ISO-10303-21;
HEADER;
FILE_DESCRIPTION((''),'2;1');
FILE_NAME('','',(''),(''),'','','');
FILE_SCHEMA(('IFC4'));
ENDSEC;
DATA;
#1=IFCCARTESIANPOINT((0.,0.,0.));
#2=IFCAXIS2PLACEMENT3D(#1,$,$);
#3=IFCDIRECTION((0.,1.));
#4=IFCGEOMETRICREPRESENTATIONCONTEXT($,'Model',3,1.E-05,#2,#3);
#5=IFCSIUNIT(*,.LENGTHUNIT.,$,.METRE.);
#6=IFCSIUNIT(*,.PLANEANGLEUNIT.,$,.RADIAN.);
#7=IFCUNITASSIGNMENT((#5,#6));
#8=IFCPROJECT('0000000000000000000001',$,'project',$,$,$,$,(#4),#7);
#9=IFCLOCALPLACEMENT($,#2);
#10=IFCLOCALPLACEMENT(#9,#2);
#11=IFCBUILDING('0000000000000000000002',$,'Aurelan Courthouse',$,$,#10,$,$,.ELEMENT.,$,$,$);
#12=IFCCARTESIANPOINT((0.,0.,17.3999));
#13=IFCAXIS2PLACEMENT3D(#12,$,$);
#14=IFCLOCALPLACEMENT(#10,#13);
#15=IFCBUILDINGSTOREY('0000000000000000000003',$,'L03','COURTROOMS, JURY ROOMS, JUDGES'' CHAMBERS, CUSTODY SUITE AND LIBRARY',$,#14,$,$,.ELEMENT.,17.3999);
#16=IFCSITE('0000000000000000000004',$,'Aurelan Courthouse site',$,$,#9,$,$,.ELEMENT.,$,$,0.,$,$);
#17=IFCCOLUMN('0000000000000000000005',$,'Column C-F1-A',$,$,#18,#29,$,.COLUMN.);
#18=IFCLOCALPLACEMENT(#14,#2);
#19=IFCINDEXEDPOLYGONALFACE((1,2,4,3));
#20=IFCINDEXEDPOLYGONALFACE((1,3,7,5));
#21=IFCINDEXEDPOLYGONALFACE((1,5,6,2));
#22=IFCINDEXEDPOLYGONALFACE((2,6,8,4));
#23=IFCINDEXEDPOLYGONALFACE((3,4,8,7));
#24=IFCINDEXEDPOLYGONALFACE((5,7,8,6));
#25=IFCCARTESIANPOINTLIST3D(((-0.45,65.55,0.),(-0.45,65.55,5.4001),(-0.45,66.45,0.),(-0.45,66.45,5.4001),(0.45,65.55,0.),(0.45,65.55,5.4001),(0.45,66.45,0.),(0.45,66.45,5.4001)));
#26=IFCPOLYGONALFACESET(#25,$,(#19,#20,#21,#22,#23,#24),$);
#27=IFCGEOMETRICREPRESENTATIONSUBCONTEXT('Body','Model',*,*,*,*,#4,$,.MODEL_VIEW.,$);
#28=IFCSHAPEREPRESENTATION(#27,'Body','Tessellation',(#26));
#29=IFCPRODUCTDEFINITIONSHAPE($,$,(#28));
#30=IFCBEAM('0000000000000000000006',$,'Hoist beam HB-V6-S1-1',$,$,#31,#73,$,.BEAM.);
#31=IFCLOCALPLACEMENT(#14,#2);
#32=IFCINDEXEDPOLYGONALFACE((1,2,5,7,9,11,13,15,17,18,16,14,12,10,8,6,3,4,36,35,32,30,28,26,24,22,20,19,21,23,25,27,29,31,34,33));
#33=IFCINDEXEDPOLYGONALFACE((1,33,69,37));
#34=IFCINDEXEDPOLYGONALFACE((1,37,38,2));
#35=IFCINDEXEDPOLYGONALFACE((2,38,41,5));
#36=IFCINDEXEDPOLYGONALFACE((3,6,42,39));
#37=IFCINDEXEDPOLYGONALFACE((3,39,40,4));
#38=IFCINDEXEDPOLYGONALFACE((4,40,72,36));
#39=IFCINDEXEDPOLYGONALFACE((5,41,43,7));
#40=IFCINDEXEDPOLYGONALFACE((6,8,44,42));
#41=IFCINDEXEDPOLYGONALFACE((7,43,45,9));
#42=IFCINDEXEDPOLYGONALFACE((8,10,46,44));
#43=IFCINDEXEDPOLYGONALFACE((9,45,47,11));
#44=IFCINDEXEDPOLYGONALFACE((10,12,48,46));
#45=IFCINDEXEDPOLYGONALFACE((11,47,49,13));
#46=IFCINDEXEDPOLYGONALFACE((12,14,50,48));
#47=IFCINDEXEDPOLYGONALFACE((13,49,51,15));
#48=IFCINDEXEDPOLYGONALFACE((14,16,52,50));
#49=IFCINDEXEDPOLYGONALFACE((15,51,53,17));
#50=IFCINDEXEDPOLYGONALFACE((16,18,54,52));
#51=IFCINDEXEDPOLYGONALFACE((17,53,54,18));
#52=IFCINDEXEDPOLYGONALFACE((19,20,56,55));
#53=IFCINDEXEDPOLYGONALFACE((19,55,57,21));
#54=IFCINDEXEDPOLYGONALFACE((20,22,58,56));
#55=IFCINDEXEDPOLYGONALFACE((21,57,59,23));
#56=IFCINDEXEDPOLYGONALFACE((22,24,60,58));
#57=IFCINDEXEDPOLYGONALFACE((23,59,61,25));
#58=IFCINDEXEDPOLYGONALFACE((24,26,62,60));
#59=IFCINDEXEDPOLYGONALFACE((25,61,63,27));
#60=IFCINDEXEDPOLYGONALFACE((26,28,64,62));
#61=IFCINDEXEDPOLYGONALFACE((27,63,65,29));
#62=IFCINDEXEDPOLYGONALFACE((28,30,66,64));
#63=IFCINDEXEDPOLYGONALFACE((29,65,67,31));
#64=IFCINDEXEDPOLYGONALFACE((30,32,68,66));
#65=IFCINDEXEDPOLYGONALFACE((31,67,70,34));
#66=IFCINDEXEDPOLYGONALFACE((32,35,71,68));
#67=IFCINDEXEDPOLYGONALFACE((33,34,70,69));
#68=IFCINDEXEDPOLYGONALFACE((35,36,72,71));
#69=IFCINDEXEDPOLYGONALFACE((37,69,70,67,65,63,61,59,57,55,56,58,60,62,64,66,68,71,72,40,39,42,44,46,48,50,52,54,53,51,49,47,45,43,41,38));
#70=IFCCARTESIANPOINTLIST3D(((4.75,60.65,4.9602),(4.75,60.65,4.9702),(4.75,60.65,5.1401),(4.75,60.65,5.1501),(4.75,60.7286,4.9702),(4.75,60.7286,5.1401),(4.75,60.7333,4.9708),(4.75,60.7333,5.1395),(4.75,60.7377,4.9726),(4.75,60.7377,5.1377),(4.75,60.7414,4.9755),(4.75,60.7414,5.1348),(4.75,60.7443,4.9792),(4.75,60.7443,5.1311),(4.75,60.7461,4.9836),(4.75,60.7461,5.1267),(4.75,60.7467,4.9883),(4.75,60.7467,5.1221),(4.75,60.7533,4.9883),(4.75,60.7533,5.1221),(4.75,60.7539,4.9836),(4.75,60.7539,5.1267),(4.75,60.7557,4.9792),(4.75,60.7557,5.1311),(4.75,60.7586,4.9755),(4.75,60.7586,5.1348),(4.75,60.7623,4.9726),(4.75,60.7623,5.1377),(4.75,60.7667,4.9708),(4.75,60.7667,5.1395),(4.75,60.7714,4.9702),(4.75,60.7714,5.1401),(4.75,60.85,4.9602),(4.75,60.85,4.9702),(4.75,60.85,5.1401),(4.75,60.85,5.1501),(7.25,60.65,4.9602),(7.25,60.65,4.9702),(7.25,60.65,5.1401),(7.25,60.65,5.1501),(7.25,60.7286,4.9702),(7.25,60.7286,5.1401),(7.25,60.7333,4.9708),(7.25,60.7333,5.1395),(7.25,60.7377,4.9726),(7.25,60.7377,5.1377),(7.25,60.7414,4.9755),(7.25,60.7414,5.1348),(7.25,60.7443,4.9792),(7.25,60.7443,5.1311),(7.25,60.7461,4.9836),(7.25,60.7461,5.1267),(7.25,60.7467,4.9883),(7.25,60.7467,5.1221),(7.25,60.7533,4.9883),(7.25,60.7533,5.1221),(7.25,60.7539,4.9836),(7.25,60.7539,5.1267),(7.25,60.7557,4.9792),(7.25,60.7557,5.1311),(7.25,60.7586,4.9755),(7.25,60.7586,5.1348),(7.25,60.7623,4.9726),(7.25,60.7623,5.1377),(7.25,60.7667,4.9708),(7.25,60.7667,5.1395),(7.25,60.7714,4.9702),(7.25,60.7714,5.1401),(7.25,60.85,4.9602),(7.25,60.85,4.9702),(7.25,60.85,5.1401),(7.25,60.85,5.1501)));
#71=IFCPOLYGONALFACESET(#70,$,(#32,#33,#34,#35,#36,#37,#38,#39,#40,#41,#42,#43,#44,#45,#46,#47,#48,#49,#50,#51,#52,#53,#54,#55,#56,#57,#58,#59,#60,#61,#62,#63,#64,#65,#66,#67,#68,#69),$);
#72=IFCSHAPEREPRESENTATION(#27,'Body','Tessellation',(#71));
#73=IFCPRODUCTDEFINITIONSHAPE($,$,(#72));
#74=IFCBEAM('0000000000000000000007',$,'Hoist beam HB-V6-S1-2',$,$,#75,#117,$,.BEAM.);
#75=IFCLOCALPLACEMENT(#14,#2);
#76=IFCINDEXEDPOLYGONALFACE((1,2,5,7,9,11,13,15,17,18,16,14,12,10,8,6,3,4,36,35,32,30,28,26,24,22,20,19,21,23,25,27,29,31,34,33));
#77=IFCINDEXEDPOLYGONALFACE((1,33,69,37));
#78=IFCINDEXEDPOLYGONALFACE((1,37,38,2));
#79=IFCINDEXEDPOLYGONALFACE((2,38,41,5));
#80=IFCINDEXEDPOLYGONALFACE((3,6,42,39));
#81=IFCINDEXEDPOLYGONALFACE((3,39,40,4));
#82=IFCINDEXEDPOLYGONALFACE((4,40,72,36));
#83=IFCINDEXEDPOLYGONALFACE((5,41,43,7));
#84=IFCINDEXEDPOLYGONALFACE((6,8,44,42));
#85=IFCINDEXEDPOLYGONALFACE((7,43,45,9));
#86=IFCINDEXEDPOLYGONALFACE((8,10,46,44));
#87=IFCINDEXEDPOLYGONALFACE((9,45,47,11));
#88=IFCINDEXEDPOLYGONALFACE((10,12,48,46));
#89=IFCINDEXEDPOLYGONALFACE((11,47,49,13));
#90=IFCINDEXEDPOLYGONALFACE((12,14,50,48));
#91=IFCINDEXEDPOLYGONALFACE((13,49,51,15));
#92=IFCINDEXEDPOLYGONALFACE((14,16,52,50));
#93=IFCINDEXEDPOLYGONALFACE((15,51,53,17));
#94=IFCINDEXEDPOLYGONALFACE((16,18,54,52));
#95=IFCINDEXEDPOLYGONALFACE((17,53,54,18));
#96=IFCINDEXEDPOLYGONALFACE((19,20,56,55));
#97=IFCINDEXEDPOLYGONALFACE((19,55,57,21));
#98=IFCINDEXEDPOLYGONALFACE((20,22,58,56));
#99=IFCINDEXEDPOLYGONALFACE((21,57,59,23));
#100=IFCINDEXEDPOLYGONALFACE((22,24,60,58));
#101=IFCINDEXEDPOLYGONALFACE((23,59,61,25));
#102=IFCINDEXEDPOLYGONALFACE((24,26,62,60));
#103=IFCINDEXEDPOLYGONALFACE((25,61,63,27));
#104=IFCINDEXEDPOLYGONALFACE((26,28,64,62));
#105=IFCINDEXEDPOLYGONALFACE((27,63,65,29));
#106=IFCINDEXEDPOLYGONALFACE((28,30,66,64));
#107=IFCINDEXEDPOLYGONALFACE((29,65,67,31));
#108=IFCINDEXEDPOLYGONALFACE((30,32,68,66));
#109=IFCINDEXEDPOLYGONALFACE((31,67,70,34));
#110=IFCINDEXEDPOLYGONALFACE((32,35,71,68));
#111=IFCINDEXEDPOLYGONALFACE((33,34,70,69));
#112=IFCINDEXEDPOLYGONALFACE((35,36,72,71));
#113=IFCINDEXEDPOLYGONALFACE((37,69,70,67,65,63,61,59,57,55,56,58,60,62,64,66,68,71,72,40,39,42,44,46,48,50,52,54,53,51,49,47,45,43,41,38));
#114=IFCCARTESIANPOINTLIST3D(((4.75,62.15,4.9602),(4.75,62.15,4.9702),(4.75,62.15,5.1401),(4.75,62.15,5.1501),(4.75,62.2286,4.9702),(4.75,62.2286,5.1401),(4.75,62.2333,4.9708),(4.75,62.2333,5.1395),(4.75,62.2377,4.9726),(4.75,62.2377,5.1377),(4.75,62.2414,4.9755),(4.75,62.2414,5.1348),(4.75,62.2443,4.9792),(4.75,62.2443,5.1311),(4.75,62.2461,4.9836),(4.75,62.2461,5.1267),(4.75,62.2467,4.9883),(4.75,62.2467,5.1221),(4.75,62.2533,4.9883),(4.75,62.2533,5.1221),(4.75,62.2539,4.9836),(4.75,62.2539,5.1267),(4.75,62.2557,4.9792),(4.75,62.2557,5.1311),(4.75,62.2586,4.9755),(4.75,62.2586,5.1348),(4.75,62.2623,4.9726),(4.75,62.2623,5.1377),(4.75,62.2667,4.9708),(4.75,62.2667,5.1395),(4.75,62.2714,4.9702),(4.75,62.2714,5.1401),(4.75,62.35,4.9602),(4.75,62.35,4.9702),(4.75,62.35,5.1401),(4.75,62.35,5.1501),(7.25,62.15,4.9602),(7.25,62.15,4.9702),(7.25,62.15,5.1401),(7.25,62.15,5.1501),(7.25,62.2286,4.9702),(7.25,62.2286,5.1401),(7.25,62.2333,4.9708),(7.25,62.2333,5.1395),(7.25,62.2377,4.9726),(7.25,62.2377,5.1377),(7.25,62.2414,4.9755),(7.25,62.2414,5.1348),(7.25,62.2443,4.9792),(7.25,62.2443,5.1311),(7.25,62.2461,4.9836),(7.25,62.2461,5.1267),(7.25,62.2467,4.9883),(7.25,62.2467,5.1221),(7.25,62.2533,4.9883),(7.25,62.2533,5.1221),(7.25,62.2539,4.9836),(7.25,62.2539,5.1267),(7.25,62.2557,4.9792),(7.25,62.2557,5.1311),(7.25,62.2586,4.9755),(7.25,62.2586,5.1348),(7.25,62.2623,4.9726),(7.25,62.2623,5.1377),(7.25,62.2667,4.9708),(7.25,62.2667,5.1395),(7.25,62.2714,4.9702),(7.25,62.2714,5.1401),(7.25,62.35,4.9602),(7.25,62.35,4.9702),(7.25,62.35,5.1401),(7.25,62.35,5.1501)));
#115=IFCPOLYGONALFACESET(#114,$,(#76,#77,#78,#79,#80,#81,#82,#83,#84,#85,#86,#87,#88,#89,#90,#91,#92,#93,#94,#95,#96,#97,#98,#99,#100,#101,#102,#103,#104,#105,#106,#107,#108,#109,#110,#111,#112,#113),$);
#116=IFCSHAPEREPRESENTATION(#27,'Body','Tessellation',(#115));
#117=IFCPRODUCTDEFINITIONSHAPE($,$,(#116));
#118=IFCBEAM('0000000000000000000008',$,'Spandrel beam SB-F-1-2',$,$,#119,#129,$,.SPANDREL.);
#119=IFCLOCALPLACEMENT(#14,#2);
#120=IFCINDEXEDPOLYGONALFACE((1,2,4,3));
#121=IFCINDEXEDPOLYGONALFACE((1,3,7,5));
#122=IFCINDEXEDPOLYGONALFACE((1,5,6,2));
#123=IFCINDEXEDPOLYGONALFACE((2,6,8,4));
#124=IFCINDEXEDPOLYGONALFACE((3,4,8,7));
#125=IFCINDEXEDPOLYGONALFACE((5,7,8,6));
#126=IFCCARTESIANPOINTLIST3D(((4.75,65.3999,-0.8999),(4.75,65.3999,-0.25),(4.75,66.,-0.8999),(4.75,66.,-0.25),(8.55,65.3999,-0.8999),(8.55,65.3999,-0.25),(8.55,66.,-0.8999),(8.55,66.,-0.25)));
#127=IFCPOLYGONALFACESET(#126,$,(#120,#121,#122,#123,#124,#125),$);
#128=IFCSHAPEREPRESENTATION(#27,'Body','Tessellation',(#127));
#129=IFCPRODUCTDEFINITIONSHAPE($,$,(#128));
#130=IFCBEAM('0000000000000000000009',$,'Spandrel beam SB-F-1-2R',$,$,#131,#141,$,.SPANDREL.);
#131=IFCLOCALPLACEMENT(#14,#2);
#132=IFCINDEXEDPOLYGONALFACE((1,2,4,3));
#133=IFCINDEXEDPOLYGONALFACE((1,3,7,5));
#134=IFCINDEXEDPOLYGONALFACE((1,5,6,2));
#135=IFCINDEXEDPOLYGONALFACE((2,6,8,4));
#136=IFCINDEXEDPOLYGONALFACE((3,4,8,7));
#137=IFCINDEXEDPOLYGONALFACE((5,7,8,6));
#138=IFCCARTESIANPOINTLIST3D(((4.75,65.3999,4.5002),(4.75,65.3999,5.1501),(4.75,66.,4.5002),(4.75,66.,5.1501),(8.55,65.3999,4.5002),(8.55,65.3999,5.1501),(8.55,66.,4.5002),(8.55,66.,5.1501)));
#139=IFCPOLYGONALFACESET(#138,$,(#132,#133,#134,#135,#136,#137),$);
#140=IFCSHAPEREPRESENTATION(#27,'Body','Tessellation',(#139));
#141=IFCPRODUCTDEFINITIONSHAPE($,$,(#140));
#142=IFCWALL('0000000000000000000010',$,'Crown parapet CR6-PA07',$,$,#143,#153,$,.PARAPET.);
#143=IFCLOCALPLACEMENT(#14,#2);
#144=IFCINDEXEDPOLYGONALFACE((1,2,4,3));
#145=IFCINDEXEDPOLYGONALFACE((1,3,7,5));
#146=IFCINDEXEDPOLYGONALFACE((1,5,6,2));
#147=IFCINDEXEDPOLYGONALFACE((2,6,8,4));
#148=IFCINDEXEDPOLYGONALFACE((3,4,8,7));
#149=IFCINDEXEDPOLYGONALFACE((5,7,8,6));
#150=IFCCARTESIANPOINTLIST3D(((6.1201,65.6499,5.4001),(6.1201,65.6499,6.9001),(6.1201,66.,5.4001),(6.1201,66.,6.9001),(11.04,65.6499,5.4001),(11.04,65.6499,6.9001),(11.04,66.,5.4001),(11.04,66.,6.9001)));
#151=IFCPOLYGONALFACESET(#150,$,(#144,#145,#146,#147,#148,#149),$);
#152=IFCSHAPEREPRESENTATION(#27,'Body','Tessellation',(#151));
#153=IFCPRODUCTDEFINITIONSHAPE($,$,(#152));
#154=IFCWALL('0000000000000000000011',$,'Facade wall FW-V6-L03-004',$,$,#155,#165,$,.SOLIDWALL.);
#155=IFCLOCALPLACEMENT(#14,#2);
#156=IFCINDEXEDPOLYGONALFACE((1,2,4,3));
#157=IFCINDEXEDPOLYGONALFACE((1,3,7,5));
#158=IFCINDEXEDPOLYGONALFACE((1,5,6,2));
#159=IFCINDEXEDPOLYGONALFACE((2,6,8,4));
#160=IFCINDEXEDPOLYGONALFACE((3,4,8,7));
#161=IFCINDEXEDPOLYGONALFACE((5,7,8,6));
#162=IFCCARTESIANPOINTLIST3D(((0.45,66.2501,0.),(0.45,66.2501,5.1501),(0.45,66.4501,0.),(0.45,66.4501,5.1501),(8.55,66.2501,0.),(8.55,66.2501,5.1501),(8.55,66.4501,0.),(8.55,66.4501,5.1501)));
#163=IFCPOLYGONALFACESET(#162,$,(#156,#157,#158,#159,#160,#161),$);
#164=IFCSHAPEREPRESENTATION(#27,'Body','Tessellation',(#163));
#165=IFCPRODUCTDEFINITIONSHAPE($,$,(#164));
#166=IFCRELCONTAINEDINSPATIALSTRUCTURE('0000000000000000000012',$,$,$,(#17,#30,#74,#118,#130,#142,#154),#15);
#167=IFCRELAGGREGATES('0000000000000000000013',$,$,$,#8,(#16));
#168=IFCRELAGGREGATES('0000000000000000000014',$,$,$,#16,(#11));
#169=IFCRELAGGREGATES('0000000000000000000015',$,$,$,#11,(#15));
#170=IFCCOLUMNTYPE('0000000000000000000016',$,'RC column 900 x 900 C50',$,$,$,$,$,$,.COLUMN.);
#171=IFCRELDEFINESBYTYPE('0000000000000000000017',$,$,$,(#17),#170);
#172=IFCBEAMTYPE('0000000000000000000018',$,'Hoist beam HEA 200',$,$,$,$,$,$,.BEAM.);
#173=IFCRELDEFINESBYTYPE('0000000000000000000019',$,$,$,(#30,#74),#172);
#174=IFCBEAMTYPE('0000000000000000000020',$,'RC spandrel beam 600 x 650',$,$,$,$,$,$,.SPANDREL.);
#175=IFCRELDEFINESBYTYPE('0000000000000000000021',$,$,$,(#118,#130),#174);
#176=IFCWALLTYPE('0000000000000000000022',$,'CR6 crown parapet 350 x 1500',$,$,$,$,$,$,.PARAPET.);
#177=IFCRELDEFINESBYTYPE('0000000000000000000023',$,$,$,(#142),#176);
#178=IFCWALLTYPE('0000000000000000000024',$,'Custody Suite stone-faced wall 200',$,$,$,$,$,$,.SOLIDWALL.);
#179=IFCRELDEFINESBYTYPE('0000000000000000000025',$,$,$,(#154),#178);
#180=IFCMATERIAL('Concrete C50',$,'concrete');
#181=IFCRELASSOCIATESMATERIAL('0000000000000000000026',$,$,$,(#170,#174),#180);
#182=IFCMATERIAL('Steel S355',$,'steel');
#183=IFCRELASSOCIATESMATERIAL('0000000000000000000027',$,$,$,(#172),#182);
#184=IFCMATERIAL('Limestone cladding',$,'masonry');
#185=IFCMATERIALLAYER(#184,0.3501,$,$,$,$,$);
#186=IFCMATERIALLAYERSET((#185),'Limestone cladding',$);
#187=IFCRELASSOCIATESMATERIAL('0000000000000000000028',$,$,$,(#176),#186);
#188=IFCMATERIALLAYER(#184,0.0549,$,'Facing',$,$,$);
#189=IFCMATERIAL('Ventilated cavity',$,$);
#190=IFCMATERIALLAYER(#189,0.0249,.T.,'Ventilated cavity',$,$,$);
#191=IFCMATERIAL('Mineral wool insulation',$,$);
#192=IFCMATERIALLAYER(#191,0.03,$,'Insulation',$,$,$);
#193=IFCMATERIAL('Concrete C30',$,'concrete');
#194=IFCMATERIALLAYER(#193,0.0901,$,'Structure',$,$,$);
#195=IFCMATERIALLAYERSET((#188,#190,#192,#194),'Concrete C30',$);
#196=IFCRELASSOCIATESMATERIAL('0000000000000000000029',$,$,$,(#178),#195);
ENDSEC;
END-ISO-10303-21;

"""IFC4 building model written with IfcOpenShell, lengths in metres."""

from ifc_helpers import new_model, si_unit, direction, frame, frame_2d, origin, origin_2d, place, context, subcontext, project, spatial, rectangle, i_section, extrude, material, layer, layer_set, material_profile, profile_set, type_object, element, save


model = new_model("IFC4")

# Units and contexts
model_context = context("Model", 3, precision=1e-05, world=origin(), true_north=direction((0.0, 1.0)))
body_context = subcontext(model_context, "Body", "Model", "MODEL_VIEW")
ifc_project = project(units=[si_unit("LENGTHUNIT", "METRE"), si_unit("PLANEANGLEUNIT", "RADIAN")], contexts=[model_context])

# Site, building, storey
site_placement = place(None, origin())
site = spatial("IfcSite", under=ifc_project, at=site_placement, Name="Aurelan Courthouse site", CompositionType="ELEMENT", RefElevation=0.0)
building_placement = place(site_placement, origin())
building = spatial("IfcBuilding", under=site, at=building_placement, Name="Aurelan Courthouse", CompositionType="ELEMENT")
storey_placement = place(building_placement, frame((0.0, 0.0, 17.3999)))
storey = spatial("IfcBuildingStorey", under=building, at=storey_placement, Name="L03", Description="COURTROOMS, JURY ROOMS, JUDGES' CHAMBERS, CUSTODY SUITE AND LIBRARY", CompositionType="ELEMENT", Elevation=17.3999)

# Column
ifc_material_1 = material(Name="Concrete C50", Category="concrete")
ifc_material_profile_1 = material_profile(ifc_material_1, rectangle(XDim=0.8999, YDim=0.8999, at=origin_2d()), Name="RC 900 x 900")
ifc_profile_set_1 = profile_set([ifc_material_profile_1], Name="Concrete C50")
column_type = type_object("IfcColumnType", Name="RC column 900 x 900 C50", PredefinedType="COLUMN", material=ifc_profile_set_1)
column_placement = place(storey_placement, frame((0.0, 66.0, 0.0), z_axis=(0.0, 0.0, 1.0), x_axis=(1.0, 0.0, 0.0)))
element("IfcColumn", 1, at=column_placement, inside=storey, type_object=column_type, Name="Column C-F1-A", PredefinedType="COLUMN", context=body_context, shape_type="SweptSolid", body=[
    extrude(rectangle(XDim=0.8999, YDim=0.8999, at=origin_2d()), origin(), (0.0, 0.0, 1.0), 5.4001),
])

# Beams
ifc_material_2 = material(Name="Steel S355", Category="steel")
ifc_material_profile_2 = material_profile(ifc_material_2, i_section(OverallWidth=0.2, OverallDepth=0.1899, WebThickness=0.0066, FlangeThickness=0.01, FilletRadius=0.0181, at=origin_2d()), Name="HEA 200")
ifc_profile_set_2 = profile_set([ifc_material_profile_2], Name="Steel S355")
beam_type_1 = type_object("IfcBeamType", Name="Hoist beam HEA 200", PredefinedType="BEAM", material=ifc_profile_set_2)
for number, where, z_axis, x_axis, name in (
    (2, (4.75, 60.75, 5.0552), (1.0, 0.0, 0.0), (0.0, 1.0, 0.0), "Hoist beam HB-V6-S1-1"),
    (3, (4.75, 62.25, 5.0552), (1.0, 0.0, 0.0), (0.0, 1.0, 0.0), "Hoist beam HB-V6-S1-2"),
):
    element("IfcBeam", number, at=place(storey_placement, frame(where, z_axis=z_axis, x_axis=x_axis)), inside=storey, type_object=beam_type_1, Name=name, PredefinedType="BEAM", context=body_context, shape_type="SweptSolid", body=[
        extrude(i_section(OverallWidth=0.2, OverallDepth=0.1899, WebThickness=0.0066, FlangeThickness=0.01, FilletRadius=0.0181, at=origin_2d()), origin(), (0.0, 0.0, 1.0), 2.5),
    ])
ifc_material_profile_3 = material_profile(ifc_material_1, rectangle(XDim=0.6001, YDim=0.6499, at=origin_2d()), Name="RC 600 x 650")
ifc_profile_set_3 = profile_set([ifc_material_profile_3], Name="Concrete C50")
beam_type_2 = type_object("IfcBeamType", Name="RC spandrel beam 600 x 650", PredefinedType="SPANDREL", material=ifc_profile_set_3)
for number, where, z_axis, x_axis, name in (
    (4, (4.75, 65.7, -0.575), (1.0, 0.0, 0.0), (0.0, 1.0, 0.0), "Spandrel beam SB-F-1-2"),
    (5, (4.75, 65.7, 4.8252), (1.0, 0.0, 0.0), (0.0, 1.0, 0.0), "Spandrel beam SB-F-1-2R"),
):
    element("IfcBeam", number, at=place(storey_placement, frame(where, z_axis=z_axis, x_axis=x_axis)), inside=storey, type_object=beam_type_2, Name=name, PredefinedType="SPANDREL", context=body_context, shape_type="SweptSolid", body=[
        extrude(rectangle(XDim=0.6001, YDim=0.6499, at=origin_2d()), origin(), (0.0, 0.0, 1.0), 3.8),
    ])

# Walls
ifc_material_3 = material(Name="Limestone cladding", Category="masonry")
ifc_layer_1 = layer(ifc_material_3, 0.3501)
ifc_layer_set_1 = layer_set([ifc_layer_1], Name="Limestone cladding")
wall_type_1 = type_object("IfcWallType", Name="CR6 crown parapet 350 x 1500", PredefinedType="PARAPET", material=ifc_layer_set_1)
wall_1_placement = place(storey_placement, frame((6.1201, 65.825, 5.4001), z_axis=(0.0, 0.0, 1.0), x_axis=(1.0, 0.0, 0.0)))
element("IfcWall", 6, at=wall_1_placement, inside=storey, type_object=wall_type_1, Name="Crown parapet CR6-PA07", PredefinedType="PARAPET", context=body_context, shape_type="SweptSolid", body=[
    extrude(rectangle(XDim=4.9199, YDim=0.3501, at=frame_2d((2.46, 0.0))), origin(), (0.0, 0.0, 1.0), 1.5),
])
ifc_layer_2 = layer(ifc_material_3, 0.0549, Name="Facing")
ifc_material_4 = material(Name="Ventilated cavity")
ifc_layer_3 = layer(ifc_material_4, 0.0249, ventilated=True, Name="Ventilated cavity")
ifc_material_5 = material(Name="Mineral wool insulation")
ifc_layer_4 = layer(ifc_material_5, 0.03, Name="Insulation")
ifc_material_6 = material(Name="Concrete C30", Category="concrete")
ifc_layer_5 = layer(ifc_material_6, 0.0901, Name="Structure")
ifc_layer_set_2 = layer_set([ifc_layer_2, ifc_layer_3, ifc_layer_4, ifc_layer_5], Name="Concrete C30")
wall_type_2 = type_object("IfcWallType", Name="Custody Suite stone-faced wall 200", PredefinedType="SOLIDWALL", material=ifc_layer_set_2)
wall_2_placement = place(storey_placement, frame((0.45, 66.3501, 0.0), z_axis=(0.0, 0.0, 1.0), x_axis=(1.0, 0.0, 0.0)))
element("IfcWall", 7, at=wall_2_placement, inside=storey, type_object=wall_type_2, Name="Facade wall FW-V6-L03-004", PredefinedType="SOLIDWALL", context=body_context, shape_type="SweptSolid", body=[
    extrude(rectangle(XDim=8.1001, YDim=0.2, at=frame_2d((4.05, 0.0))), origin(), (0.0, 0.0, 1.0), 5.1501),
])

save(model, "model.ifc")
